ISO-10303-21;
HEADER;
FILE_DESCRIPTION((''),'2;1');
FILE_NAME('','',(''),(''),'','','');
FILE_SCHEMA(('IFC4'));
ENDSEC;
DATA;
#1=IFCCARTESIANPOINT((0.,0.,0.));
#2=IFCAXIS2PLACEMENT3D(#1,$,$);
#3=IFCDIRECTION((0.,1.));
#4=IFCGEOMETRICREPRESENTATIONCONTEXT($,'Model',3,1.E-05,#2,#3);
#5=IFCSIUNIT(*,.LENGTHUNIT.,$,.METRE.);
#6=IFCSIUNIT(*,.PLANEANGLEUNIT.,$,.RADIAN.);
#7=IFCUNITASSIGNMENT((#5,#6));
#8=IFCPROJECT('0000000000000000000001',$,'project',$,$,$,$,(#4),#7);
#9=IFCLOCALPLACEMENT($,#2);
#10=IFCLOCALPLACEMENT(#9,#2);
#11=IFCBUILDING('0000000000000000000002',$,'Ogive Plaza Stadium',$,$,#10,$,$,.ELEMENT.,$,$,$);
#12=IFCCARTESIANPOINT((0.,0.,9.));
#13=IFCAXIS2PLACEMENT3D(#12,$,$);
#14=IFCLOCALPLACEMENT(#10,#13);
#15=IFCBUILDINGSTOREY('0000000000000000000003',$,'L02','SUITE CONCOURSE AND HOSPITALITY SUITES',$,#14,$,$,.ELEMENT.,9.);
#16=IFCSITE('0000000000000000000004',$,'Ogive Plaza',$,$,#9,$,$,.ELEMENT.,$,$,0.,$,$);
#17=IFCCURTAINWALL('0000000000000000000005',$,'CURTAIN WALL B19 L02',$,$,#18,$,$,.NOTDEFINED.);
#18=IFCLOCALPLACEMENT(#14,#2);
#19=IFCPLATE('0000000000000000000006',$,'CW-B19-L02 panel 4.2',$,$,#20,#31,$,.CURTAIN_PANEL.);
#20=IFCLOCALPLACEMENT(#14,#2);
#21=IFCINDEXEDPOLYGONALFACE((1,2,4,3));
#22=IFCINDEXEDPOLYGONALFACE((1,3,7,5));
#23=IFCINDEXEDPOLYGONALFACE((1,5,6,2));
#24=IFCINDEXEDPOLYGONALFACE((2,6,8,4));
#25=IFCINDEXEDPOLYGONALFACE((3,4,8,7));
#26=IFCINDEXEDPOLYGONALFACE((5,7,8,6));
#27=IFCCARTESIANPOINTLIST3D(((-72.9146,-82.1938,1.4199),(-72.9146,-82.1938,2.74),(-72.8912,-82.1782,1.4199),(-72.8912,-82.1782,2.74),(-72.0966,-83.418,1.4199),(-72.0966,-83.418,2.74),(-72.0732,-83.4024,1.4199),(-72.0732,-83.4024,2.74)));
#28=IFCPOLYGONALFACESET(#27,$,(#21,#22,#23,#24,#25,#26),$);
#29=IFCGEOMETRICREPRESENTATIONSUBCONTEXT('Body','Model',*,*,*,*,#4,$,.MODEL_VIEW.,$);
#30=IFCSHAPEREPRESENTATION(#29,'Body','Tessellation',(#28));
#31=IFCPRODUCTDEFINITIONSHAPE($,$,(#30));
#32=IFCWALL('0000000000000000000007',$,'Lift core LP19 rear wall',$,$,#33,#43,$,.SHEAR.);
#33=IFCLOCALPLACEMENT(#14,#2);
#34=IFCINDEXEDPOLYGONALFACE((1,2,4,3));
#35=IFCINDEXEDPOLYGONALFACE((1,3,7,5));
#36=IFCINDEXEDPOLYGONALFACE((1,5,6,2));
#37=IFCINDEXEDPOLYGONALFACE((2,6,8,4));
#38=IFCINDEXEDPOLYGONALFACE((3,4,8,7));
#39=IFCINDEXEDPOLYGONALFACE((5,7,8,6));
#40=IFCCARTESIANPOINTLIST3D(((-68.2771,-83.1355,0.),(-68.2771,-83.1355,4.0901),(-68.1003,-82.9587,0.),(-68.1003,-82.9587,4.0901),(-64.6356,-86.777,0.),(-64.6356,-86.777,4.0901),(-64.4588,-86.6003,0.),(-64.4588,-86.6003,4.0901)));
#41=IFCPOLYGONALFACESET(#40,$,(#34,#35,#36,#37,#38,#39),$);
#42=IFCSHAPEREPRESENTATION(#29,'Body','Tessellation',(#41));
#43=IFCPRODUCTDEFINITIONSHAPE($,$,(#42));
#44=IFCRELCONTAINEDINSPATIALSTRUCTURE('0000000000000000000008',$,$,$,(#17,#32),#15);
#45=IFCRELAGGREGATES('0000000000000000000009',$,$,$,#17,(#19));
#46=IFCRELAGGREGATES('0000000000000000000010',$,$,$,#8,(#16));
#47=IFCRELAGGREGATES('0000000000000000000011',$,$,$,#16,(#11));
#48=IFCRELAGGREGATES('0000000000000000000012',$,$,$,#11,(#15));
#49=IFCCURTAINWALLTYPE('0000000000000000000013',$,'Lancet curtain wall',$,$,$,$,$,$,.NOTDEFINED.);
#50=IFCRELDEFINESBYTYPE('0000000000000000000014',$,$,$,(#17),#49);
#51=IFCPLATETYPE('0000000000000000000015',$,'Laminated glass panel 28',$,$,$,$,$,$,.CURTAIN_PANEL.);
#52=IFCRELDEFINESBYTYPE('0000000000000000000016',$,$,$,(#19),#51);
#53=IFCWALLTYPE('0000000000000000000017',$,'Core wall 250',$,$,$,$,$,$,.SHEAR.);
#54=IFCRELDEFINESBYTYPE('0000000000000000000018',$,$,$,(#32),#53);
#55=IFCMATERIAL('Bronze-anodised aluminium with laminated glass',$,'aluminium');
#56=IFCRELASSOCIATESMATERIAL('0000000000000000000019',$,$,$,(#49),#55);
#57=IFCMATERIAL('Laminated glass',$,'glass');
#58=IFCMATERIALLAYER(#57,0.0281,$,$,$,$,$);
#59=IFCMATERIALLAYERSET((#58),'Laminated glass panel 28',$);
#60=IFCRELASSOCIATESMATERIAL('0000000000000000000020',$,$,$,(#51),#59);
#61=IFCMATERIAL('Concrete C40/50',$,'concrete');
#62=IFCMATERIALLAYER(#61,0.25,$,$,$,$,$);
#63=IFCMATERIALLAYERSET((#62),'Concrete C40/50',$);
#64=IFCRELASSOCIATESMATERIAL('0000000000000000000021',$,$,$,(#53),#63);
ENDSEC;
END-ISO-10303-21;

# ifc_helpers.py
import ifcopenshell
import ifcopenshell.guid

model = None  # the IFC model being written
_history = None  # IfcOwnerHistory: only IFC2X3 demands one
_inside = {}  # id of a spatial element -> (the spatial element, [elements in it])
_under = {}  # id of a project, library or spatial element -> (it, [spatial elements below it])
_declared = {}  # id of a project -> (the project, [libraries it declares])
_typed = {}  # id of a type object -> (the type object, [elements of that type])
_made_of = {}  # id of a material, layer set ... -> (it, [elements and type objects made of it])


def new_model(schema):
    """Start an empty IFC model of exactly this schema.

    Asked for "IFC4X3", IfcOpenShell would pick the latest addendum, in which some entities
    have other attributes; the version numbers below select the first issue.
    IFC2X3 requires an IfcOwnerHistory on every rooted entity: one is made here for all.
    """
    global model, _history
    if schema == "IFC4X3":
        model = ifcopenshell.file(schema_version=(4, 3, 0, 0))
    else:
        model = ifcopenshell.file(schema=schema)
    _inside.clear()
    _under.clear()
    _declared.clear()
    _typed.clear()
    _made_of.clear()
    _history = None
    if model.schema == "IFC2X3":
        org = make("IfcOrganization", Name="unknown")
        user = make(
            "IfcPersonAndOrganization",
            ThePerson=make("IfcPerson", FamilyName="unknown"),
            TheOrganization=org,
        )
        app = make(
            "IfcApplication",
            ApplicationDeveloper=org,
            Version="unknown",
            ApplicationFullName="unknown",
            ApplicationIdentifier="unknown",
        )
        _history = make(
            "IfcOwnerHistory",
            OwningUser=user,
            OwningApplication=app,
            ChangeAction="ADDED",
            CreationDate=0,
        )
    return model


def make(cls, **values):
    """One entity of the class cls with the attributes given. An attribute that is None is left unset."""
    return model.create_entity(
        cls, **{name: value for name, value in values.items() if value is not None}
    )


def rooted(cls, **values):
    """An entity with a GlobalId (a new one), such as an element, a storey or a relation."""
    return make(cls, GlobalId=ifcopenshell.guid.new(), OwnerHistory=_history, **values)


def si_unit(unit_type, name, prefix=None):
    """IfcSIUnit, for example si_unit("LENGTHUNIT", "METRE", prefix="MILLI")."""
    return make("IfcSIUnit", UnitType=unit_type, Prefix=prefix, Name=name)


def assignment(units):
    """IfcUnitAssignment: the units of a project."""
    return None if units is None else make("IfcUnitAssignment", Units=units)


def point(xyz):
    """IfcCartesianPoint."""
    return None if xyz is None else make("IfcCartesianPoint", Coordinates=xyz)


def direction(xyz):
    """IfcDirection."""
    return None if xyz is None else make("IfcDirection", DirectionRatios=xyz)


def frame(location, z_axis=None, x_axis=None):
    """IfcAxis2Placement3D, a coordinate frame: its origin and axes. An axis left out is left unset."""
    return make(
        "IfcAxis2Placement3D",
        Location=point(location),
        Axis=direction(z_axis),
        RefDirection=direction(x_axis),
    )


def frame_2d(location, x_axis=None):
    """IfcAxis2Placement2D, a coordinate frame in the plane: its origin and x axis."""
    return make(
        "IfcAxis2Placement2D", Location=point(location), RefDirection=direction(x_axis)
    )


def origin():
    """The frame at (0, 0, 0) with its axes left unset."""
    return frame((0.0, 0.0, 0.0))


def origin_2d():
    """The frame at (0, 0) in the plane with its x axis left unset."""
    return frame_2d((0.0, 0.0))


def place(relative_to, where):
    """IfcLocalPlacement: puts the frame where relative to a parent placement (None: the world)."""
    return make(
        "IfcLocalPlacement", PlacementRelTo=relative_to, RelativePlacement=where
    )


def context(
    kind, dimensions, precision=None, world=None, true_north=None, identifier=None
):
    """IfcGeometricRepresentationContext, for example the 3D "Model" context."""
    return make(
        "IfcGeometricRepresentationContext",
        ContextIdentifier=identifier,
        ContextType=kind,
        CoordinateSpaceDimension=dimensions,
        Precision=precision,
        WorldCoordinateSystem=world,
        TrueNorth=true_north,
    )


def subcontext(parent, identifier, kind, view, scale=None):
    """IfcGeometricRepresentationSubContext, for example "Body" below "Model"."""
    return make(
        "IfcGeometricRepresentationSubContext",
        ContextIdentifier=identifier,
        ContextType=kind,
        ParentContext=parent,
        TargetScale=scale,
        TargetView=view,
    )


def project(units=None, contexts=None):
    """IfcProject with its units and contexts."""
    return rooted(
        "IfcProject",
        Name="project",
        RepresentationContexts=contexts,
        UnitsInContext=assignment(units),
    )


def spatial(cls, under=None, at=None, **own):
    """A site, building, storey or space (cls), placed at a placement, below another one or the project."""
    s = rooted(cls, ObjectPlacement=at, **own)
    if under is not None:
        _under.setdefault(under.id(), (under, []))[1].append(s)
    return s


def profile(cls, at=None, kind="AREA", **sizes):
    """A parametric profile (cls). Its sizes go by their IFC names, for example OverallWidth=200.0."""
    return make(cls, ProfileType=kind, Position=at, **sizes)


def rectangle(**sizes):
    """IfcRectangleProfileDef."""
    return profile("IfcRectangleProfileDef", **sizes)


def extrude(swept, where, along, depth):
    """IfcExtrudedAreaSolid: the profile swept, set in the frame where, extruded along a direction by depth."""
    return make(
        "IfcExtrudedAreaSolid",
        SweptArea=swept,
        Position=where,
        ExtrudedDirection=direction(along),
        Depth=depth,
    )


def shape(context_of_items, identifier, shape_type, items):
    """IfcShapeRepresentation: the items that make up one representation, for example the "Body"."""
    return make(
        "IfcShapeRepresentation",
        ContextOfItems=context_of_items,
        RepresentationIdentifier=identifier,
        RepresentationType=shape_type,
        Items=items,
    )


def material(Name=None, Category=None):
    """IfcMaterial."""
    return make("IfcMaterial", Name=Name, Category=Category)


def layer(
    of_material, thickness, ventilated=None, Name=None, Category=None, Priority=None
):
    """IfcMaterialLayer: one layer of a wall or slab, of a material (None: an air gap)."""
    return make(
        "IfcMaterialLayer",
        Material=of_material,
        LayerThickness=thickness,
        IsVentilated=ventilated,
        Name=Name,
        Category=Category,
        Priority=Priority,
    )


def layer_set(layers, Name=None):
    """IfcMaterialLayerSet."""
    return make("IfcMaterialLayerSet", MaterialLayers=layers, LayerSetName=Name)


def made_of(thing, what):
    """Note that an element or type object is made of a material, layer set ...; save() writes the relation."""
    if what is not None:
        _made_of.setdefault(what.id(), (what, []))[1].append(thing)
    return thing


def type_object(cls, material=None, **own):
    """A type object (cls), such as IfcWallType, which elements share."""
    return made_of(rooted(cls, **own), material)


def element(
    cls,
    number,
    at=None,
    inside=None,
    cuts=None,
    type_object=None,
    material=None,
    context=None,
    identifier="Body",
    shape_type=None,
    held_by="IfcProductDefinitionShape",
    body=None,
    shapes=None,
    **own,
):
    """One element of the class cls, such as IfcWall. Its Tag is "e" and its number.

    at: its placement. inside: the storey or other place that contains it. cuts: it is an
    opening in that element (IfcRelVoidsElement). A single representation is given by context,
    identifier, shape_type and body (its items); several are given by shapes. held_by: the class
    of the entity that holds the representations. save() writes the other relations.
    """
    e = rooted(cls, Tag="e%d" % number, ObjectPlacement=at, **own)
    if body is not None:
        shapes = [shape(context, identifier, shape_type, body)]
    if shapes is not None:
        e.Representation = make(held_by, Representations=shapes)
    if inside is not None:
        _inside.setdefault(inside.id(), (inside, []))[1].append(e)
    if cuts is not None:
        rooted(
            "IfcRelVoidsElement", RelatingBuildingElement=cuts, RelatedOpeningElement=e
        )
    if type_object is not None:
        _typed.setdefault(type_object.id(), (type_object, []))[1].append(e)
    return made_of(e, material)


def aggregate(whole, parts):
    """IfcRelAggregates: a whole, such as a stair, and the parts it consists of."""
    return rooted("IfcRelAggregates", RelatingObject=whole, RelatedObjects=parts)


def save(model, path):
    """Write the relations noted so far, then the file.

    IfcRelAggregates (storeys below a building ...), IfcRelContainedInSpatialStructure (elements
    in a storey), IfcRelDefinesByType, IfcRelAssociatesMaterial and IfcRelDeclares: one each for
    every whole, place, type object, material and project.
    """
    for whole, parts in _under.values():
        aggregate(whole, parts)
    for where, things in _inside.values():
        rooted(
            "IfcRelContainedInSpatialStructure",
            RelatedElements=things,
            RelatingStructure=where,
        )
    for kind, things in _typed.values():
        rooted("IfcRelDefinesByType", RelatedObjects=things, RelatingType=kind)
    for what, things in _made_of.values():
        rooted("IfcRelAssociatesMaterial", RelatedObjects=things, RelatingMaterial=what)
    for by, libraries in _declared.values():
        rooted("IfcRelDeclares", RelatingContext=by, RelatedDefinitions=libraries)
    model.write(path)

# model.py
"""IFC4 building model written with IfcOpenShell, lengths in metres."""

from ifc_helpers import new_model, si_unit, direction, frame, frame_2d, origin, origin_2d, place, context, subcontext, project, spatial, rectangle, extrude, material, layer, layer_set, type_object, element, aggregate, save


model = new_model("IFC4")

# Units and contexts
model_context = context("Model", 3, precision=1e-05, world=origin(), true_north=direction((0.0, 1.0)))
body_context = subcontext(model_context, "Body", "Model", "MODEL_VIEW")
ifc_project = project(units=[si_unit("LENGTHUNIT", "METRE"), si_unit("PLANEANGLEUNIT", "RADIAN")], contexts=[model_context])

# Site, building, storey
site_placement = place(None, origin())
site = spatial("IfcSite", under=ifc_project, at=site_placement, Name="Ogive Plaza", CompositionType="ELEMENT", RefElevation=0.0)
building_placement = place(site_placement, origin())
building = spatial("IfcBuilding", under=site, at=building_placement, Name="Ogive Plaza Stadium", CompositionType="ELEMENT")
storey_placement = place(building_placement, frame((0.0, 0.0, 9.0)))
storey = spatial("IfcBuildingStorey", under=building, at=storey_placement, Name="L02", Description="SUITE CONCOURSE AND HOSPITALITY SUITES", CompositionType="ELEMENT", Elevation=9.0)

# Shared definitions
ifc_material_1 = material(Name="Bronze-anodised aluminium with laminated glass", Category="aluminium")
curtain_wall_type = type_object("IfcCurtainWallType", Name="Lancet curtain wall", PredefinedType="NOTDEFINED", material=ifc_material_1)

# Curtain wall
curtain_wall_1_placement = place(storey_placement, origin())
curtain_wall_1 = element("IfcCurtainWall", 1, at=curtain_wall_1_placement, inside=storey, type_object=curtain_wall_type, Name="CURTAIN WALL B19 L02", PredefinedType="NOTDEFINED")

# Plate
ifc_material_2 = material(Name="Laminated glass", Category="glass")
ifc_layer_1 = layer(ifc_material_2, 0.0281)
ifc_layer_set_1 = layer_set([ifc_layer_1], Name="Laminated glass panel 28")
plate_type = type_object("IfcPlateType", Name="Laminated glass panel 28", PredefinedType="CURTAIN_PANEL", material=ifc_layer_set_1)
plate_1_placement = place(storey_placement, frame((-72.4939, -82.7981, 1.4199), z_axis=(0.0, 0.0, 1.0), x_axis=(-0.55557, 0.83147, 0.0)))
plate_1 = element("IfcPlate", 2, at=plate_1_placement, type_object=plate_type, Name="CW-B19-L02 panel 4.2", PredefinedType="CURTAIN_PANEL", context=body_context, shape_type="SweptSolid", body=[
    extrude(rectangle(XDim=1.4724, YDim=0.0281, at=origin_2d()), origin(), (0.0, 0.0, 1.0), 1.3201),
])
aggregate(curtain_wall_1, [plate_1])

# Wall
ifc_material_3 = material(Name="Concrete C40/50", Category="concrete")
ifc_layer_2 = layer(ifc_material_3, 0.25)
ifc_layer_set_2 = layer_set([ifc_layer_2], Name="Concrete C40/50")
wall_type = type_object("IfcWallType", Name="Core wall 250", PredefinedType="SHEAR", material=ifc_layer_set_2)
wall_placement = place(storey_placement, frame((-68.1887, -83.0471, 0.0), z_axis=(0.0, 0.0, 1.0), x_axis=(0.707107, -0.707107, 0.0)))
element("IfcWall", 3, at=wall_placement, inside=storey, type_object=wall_type, Name="Lift core LP19 rear wall", PredefinedType="SHEAR", context=body_context, shape_type="SweptSolid", body=[
    extrude(rectangle(XDim=5.1499, YDim=0.25, at=frame_2d((2.575, 0.0))), origin(), (0.0, 0.0, 1.0), 4.0901),
])

save(model, "model.ifc")
